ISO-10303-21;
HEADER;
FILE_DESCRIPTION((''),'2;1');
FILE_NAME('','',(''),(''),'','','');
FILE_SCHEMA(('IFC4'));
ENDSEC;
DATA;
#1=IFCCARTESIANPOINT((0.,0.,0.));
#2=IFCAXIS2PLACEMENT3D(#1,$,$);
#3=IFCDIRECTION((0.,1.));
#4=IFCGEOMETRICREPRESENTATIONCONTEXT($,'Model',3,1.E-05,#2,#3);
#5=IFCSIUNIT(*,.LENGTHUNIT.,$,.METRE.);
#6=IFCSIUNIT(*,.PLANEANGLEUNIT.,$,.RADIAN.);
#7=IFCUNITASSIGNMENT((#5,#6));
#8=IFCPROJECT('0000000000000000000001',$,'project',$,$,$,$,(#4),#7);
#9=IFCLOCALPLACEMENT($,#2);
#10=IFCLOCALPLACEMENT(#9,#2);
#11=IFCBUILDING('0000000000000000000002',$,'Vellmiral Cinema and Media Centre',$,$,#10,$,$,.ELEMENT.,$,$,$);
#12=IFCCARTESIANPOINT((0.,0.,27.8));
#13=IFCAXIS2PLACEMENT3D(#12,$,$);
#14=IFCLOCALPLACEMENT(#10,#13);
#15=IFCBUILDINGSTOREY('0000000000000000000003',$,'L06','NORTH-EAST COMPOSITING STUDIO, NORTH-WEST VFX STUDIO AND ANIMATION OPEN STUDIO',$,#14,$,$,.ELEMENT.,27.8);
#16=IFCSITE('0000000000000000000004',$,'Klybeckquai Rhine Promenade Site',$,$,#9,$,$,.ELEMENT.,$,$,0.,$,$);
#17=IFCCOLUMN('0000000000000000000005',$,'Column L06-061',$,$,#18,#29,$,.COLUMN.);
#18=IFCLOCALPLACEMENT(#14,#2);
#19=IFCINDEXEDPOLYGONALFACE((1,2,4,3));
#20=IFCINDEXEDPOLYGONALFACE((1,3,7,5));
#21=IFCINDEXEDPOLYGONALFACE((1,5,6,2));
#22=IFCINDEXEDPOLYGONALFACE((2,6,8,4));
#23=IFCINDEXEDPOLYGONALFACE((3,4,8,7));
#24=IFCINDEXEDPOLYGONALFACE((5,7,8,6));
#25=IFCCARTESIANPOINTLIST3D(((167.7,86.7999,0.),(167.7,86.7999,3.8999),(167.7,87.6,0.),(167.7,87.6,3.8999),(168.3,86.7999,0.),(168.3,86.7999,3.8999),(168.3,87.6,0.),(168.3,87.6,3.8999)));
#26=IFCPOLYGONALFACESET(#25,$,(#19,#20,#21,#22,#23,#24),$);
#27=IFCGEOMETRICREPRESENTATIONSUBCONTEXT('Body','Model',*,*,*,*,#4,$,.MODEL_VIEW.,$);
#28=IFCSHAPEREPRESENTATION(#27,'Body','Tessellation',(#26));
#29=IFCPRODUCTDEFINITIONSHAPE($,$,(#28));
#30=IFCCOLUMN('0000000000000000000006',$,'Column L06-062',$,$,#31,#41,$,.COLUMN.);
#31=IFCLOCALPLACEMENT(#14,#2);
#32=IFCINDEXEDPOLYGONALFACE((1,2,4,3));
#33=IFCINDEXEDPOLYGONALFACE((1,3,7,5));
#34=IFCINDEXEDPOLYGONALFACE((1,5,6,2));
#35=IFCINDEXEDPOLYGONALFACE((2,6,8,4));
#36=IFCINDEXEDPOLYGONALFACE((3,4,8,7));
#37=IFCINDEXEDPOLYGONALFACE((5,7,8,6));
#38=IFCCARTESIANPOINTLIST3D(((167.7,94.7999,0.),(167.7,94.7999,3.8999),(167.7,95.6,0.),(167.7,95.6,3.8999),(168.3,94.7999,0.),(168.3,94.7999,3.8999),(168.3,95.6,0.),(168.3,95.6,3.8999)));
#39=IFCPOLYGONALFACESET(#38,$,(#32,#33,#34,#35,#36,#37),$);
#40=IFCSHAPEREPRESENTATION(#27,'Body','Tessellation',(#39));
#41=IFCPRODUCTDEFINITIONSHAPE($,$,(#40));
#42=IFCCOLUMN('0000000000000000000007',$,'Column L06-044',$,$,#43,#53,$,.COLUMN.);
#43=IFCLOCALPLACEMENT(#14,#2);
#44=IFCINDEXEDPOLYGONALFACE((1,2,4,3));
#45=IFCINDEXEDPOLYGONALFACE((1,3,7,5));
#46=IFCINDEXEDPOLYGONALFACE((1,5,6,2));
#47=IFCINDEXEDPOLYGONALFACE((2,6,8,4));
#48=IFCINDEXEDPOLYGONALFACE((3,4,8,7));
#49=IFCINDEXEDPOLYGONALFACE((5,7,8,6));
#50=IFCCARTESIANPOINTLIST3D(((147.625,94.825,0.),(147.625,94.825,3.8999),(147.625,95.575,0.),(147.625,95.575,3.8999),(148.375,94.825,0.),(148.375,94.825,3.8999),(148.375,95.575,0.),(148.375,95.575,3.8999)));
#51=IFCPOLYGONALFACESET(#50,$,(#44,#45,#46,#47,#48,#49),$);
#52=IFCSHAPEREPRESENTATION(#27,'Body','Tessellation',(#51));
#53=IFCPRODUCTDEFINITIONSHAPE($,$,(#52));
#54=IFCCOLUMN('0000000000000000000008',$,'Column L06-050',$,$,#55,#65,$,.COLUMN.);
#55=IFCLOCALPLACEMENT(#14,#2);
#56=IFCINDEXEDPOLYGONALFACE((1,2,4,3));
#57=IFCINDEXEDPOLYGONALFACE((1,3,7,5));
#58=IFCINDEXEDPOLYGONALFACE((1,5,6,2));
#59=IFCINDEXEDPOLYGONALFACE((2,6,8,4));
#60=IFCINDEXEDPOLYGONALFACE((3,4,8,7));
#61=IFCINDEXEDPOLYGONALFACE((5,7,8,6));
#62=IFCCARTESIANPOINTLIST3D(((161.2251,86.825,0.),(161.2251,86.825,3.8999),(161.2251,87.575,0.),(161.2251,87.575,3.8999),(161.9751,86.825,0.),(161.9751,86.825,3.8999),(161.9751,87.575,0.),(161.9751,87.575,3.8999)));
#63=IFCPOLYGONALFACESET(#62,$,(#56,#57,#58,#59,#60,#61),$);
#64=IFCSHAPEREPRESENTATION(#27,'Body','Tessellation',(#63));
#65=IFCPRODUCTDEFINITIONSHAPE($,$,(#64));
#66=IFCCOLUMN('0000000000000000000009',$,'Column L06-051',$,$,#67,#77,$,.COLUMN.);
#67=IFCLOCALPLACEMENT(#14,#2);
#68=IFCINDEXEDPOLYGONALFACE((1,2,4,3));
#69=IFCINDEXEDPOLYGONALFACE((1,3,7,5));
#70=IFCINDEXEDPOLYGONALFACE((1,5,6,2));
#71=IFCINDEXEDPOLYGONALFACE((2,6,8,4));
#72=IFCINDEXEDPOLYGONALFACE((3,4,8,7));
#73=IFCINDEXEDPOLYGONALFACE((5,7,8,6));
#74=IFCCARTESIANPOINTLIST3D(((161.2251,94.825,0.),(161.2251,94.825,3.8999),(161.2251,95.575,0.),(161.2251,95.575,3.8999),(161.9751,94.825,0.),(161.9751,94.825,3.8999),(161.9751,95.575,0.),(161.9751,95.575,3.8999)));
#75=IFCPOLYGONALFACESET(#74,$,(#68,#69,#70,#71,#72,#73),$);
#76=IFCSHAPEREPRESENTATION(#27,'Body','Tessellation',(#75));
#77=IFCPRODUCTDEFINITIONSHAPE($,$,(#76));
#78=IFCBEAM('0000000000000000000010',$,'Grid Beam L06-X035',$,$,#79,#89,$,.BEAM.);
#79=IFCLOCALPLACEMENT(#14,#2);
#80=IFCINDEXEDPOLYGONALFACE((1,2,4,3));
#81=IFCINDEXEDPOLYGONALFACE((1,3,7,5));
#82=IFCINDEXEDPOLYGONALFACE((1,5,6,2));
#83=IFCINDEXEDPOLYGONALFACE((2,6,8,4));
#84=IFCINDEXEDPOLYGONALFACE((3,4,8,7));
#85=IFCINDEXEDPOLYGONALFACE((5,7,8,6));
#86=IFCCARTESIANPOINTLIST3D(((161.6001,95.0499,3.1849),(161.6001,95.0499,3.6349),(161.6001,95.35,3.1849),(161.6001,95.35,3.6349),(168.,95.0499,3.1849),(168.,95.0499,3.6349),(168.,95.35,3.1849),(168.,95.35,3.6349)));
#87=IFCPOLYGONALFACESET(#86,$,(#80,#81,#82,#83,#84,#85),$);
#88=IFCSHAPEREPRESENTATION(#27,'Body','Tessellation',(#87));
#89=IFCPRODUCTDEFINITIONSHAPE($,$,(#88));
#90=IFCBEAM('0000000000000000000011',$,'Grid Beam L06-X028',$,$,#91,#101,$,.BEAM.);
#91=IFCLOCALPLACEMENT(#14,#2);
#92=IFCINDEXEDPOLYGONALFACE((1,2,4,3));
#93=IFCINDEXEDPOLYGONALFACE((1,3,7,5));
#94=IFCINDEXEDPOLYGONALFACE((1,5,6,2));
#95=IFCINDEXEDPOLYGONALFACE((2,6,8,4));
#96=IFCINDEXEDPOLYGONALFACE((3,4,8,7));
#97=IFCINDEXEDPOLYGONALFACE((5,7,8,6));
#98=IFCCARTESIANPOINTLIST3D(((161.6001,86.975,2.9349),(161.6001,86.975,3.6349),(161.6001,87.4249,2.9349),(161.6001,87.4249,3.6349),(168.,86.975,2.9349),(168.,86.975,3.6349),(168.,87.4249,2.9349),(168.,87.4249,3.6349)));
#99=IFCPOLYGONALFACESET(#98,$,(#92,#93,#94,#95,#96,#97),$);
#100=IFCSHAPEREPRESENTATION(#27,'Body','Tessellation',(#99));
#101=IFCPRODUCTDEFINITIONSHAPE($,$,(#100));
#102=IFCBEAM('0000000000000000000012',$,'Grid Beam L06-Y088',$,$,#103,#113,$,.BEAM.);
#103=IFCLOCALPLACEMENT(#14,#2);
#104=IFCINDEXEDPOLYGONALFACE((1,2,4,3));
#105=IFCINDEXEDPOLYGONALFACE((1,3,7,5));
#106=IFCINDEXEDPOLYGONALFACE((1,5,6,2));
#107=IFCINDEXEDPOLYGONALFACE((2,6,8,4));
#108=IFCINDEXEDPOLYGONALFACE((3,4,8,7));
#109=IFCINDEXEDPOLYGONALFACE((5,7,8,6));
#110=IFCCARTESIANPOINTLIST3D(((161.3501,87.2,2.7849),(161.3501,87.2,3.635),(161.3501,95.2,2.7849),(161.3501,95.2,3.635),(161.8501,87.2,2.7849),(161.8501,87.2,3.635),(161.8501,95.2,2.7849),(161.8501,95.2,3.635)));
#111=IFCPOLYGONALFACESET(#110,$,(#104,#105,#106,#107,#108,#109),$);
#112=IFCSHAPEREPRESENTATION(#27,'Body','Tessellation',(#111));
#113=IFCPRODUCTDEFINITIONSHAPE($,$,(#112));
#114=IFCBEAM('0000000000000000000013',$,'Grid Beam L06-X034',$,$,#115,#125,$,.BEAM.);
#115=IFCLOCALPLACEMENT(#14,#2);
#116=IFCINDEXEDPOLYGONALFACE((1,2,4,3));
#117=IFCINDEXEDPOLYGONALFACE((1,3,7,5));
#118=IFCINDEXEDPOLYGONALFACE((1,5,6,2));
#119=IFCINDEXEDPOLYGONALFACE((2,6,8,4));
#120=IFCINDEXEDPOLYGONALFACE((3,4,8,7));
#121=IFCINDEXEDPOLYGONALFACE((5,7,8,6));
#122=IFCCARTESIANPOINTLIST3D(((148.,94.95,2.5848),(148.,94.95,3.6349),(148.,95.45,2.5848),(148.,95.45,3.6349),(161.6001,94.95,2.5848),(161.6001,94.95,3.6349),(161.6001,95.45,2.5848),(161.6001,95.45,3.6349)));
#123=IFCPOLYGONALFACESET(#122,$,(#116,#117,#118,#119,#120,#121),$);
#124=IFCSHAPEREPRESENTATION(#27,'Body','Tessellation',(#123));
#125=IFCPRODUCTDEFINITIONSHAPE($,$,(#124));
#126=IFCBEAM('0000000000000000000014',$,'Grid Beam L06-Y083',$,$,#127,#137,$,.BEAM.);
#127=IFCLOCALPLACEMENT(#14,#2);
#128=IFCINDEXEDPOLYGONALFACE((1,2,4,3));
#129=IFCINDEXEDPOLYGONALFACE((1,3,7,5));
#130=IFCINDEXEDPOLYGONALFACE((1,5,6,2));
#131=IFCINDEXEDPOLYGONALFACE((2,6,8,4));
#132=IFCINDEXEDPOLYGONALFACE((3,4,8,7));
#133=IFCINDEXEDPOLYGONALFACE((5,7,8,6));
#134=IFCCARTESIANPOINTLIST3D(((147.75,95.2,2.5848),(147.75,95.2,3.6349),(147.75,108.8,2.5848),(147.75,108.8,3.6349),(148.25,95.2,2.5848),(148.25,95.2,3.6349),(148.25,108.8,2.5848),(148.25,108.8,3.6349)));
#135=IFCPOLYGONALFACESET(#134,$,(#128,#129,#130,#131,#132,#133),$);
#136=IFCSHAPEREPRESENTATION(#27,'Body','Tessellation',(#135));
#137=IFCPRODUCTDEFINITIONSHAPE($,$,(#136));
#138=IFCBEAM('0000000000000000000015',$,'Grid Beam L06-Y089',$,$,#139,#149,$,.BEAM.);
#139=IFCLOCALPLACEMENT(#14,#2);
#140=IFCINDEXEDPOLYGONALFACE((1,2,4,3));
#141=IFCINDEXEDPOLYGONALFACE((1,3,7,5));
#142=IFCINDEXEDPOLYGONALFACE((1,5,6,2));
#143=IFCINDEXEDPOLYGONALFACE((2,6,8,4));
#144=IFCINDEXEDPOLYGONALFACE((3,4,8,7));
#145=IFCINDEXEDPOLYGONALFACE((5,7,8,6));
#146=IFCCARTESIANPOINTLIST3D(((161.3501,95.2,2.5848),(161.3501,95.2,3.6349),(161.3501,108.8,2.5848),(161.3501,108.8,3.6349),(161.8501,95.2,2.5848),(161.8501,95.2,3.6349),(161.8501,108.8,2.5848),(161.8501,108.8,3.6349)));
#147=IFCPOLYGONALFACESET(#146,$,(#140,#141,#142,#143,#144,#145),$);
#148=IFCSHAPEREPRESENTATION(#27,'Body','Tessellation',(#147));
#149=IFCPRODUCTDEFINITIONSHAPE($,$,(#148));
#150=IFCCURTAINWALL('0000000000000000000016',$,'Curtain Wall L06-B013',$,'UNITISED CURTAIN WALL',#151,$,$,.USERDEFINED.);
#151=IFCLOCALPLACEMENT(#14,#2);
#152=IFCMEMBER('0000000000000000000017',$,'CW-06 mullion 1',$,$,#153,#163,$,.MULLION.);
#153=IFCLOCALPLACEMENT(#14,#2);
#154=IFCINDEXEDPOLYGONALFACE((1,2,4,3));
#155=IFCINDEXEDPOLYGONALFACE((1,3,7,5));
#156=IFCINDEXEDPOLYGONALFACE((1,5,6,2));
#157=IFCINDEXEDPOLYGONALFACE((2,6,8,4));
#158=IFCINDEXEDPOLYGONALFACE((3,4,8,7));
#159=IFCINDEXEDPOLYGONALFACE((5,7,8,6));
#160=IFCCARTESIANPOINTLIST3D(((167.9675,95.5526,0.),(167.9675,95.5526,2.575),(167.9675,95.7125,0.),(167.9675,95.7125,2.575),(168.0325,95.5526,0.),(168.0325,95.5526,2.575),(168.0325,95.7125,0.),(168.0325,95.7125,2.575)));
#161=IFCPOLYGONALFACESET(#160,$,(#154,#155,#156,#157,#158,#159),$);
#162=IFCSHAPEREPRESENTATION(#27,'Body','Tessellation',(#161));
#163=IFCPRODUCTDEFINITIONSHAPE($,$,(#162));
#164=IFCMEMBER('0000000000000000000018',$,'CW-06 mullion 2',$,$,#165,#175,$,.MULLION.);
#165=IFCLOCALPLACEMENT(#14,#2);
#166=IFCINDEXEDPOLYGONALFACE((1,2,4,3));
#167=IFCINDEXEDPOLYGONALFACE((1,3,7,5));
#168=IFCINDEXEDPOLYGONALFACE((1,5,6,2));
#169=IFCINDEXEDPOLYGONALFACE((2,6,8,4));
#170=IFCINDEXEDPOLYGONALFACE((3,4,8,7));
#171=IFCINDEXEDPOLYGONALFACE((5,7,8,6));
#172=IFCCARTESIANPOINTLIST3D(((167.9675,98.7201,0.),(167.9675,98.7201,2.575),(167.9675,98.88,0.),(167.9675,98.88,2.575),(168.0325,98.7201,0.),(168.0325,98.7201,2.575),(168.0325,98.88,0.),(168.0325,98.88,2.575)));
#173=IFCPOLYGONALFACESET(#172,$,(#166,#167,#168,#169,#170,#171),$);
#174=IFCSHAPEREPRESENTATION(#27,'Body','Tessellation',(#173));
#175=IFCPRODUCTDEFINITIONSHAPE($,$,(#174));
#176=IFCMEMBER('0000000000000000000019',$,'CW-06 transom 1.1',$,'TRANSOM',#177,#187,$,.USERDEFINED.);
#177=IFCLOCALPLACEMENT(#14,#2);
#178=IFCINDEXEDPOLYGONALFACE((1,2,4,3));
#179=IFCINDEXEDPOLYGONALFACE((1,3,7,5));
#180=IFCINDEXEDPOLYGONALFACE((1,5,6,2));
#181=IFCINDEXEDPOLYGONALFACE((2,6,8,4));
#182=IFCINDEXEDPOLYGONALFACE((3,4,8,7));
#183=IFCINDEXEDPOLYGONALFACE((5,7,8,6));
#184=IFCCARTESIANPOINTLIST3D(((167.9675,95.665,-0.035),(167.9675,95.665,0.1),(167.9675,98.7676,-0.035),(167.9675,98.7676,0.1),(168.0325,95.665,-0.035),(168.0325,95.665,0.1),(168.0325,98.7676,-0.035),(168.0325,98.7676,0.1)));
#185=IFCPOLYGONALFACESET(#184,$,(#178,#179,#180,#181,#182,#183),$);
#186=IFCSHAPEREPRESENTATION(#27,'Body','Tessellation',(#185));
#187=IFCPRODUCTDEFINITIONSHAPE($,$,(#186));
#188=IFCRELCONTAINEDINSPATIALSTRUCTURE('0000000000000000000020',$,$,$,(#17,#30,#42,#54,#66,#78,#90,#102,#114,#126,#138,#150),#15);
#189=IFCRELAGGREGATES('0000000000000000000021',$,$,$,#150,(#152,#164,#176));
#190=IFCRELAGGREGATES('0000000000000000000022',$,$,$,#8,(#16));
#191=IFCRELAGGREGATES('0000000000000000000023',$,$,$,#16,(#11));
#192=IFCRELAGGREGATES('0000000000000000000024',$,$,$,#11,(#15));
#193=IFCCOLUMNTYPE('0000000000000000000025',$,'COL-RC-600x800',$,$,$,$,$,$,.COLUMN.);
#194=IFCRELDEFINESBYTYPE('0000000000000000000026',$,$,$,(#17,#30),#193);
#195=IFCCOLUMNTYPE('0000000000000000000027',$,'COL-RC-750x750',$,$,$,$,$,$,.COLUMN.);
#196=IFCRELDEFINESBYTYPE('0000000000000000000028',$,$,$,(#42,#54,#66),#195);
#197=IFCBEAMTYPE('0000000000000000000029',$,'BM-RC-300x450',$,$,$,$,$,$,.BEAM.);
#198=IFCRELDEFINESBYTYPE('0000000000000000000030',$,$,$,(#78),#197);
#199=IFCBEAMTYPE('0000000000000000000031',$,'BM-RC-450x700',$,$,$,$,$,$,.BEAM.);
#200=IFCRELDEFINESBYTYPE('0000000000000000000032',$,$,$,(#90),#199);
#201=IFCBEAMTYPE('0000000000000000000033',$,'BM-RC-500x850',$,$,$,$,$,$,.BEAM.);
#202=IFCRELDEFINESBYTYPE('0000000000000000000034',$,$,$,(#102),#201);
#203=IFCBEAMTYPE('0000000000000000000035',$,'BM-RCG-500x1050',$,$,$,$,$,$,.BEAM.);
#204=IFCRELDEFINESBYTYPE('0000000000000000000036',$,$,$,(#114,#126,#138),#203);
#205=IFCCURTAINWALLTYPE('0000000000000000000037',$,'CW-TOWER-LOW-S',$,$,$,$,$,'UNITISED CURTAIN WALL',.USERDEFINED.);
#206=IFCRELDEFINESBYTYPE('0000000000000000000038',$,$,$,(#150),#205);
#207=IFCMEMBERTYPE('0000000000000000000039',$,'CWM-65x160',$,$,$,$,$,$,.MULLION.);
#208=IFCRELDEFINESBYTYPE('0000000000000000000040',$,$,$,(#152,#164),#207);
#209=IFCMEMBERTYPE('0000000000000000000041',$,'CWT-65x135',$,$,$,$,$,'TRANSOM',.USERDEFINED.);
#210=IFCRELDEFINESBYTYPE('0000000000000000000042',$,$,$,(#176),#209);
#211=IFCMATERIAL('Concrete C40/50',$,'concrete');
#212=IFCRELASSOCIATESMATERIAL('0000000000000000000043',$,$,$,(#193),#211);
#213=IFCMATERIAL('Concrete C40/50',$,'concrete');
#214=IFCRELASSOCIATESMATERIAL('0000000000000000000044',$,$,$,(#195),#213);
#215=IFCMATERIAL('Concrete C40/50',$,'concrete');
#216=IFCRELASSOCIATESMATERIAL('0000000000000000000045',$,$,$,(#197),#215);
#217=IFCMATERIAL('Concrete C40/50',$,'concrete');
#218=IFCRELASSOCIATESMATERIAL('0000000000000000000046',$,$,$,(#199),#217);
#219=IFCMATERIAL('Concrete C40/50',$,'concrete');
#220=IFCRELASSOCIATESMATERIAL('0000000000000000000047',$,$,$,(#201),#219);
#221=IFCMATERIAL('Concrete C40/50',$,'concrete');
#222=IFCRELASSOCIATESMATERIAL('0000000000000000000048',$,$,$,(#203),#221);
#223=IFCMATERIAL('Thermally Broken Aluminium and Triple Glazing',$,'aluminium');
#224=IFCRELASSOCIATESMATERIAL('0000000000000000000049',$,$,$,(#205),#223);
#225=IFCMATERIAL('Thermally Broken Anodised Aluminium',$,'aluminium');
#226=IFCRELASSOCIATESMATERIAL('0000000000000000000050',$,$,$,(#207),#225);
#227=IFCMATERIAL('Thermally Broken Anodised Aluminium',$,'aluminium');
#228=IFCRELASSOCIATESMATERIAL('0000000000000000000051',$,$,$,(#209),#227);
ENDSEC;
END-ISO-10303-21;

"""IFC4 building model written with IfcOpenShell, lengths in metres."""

from ifc_helpers import new_model, si_unit, direction, frame, origin, origin_2d, place, context, subcontext, project, spatial, rectangle, extrude, material, material_profile, profile_set, type_object, element, aggregate, save


model = new_model("IFC4")

# Units and contexts
model_context = context("Model", 3, precision=1e-05, world=origin(), true_north=direction((0.0, 1.0)))
body_context = subcontext(model_context, "Body", "Model", "MODEL_VIEW")
ifc_project = project(units=[si_unit("LENGTHUNIT", "METRE"), si_unit("PLANEANGLEUNIT", "RADIAN")], contexts=[model_context])

# Site, building, storey
site_placement = place(None, origin())
site = spatial("IfcSite", under=ifc_project, at=site_placement, Name="Klybeckquai Rhine Promenade Site", CompositionType="ELEMENT", RefElevation=0.0)
building_placement = place(site_placement, origin())
building = spatial("IfcBuilding", under=site, at=building_placement, Name="Vellmiral Cinema and Media Centre", CompositionType="ELEMENT")
storey_placement = place(building_placement, frame((0.0, 0.0, 27.8)))
storey = spatial("IfcBuildingStorey", under=building, at=storey_placement, Name="L06", Description="NORTH-EAST COMPOSITING STUDIO, NORTH-WEST VFX STUDIO AND ANIMATION OPEN STUDIO", CompositionType="ELEMENT", Elevation=27.8)

# Columns
ifc_material_1 = material(Name="Concrete C40/50", Category="concrete")
ifc_material_profile_1 = material_profile(ifc_material_1, rectangle(XDim=0.6001, YDim=0.8, at=origin_2d()), Name="RC 600x800")
ifc_profile_set_1 = profile_set([ifc_material_profile_1], Name="Concrete C40/50")
column_type_1 = type_object("IfcColumnType", Name="COL-RC-600x800", PredefinedType="COLUMN", material=ifc_profile_set_1)
for number, where, z_axis, x_axis, name in (
    (1, (168.0, 87.2, 0.0), (0.0, 0.0, 1.0), (1.0, 0.0, 0.0), "Column L06-061"),
    (2, (168.0, 95.2, 0.0), (0.0, 0.0, 1.0), (1.0, 0.0, 0.0), "Column L06-062"),
):
    element("IfcColumn", number, at=place(storey_placement, frame(where, z_axis=z_axis, x_axis=x_axis)), inside=storey, type_object=column_type_1, Name=name, PredefinedType="COLUMN", context=body_context, shape_type="SweptSolid", body=[
        extrude(rectangle(XDim=0.6001, YDim=0.8, at=origin_2d()), origin(), (0.0, 0.0, 1.0), 3.8999),
    ])
ifc_material_2 = material(Name="Concrete C40/50", Category="concrete")
ifc_material_profile_2 = material_profile(ifc_material_2, rectangle(XDim=0.75, YDim=0.75, at=origin_2d()), Name="RC 750x750")
ifc_profile_set_2 = profile_set([ifc_material_profile_2], Name="Concrete C40/50")
column_type_2 = type_object("IfcColumnType", Name="COL-RC-750x750", PredefinedType="COLUMN", material=ifc_profile_set_2)
for number, where, z_axis, x_axis, name in (
    (3, (148.0, 95.2, 0.0), (0.0, 0.0, 1.0), (1.0, 0.0, 0.0), "Column L06-044"),
    (4, (161.6001, 87.2, 0.0), (0.0, 0.0, 1.0), (1.0, 0.0, 0.0), "Column L06-050"),
    (5, (161.6001, 95.2, 0.0), (0.0, 0.0, 1.0), (1.0, 0.0, 0.0), "Column L06-051"),
):
    element("IfcColumn", number, at=place(storey_placement, frame(where, z_axis=z_axis, x_axis=x_axis)), inside=storey, type_object=column_type_2, Name=name, PredefinedType="COLUMN", context=body_context, shape_type="SweptSolid", body=[
        extrude(rectangle(XDim=0.75, YDim=0.75, at=origin_2d()), origin(), (0.0, 0.0, 1.0), 3.8999),
    ])

# Beams
ifc_material_3 = material(Name="Concrete C40/50", Category="concrete")
ifc_material_profile_3 = material_profile(ifc_material_3, rectangle(XDim=0.3, YDim=0.45, at=origin_2d()), Name="RC 300x450")
ifc_profile_set_3 = profile_set([ifc_material_profile_3], Name="Concrete C40/50")
beam_type_1 = type_object("IfcBeamType", Name="BM-RC-300x450", PredefinedType="BEAM", material=ifc_profile_set_3)
beam_1_placement = place(storey_placement, frame((161.6001, 95.2, 3.4099), z_axis=(1.0, 0.0, 0.0), x_axis=(0.0, 1.0, 0.0)))
element("IfcBeam", 6, at=beam_1_placement, inside=storey, type_object=beam_type_1, Name="Grid Beam L06-X035", PredefinedType="BEAM", context=body_context, shape_type="SweptSolid", body=[
    extrude(rectangle(XDim=0.3, YDim=0.45, at=origin_2d()), origin(), (0.0, 0.0, 1.0), 6.3999),
])
ifc_material_4 = material(Name="Concrete C40/50", Category="concrete")
ifc_material_profile_4 = material_profile(ifc_material_4, rectangle(XDim=0.45, YDim=0.7, at=origin_2d()), Name="RC 450x700")
ifc_profile_set_4 = profile_set([ifc_material_profile_4], Name="Concrete C40/50")
beam_type_2 = type_object("IfcBeamType", Name="BM-RC-450x700", PredefinedType="BEAM", material=ifc_profile_set_4)
beam_2_placement = place(storey_placement, frame((161.6001, 87.2, 3.2849), z_axis=(1.0, 0.0, 0.0), x_axis=(0.0, 1.0, 0.0)))
element("IfcBeam", 7, at=beam_2_placement, inside=storey, type_object=beam_type_2, Name="Grid Beam L06-X028", PredefinedType="BEAM", context=body_context, shape_type="SweptSolid", body=[
    extrude(rectangle(XDim=0.45, YDim=0.7, at=origin_2d()), origin(), (0.0, 0.0, 1.0), 6.3999),
])
ifc_material_5 = material(Name="Concrete C40/50", Category="concrete")
ifc_material_profile_5 = material_profile(ifc_material_5, rectangle(XDim=0.5, YDim=0.8501, at=origin_2d()), Name="RC 500x850")
ifc_profile_set_5 = profile_set([ifc_material_profile_5], Name="Concrete C40/50")
beam_type_3 = type_object("IfcBeamType", Name="BM-RC-500x850", PredefinedType="BEAM", material=ifc_profile_set_5)
beam_3_placement = place(storey_placement, frame((161.6001, 87.2, 3.21), z_axis=(0.0, 1.0, 0.0), x_axis=(-1.0, 0.0, 0.0)))
element("IfcBeam", 8, at=beam_3_placement, inside=storey, type_object=beam_type_3, Name="Grid Beam L06-Y088", PredefinedType="BEAM", context=body_context, shape_type="SweptSolid", body=[
    extrude(rectangle(XDim=0.5, YDim=0.8501, at=origin_2d()), origin(), (0.0, 0.0, 1.0), 8.0),
])
ifc_material_6 = material(Name="Concrete C40/50", Category="concrete")
ifc_material_profile_6 = material_profile(ifc_material_6, rectangle(XDim=0.5, YDim=1.05, at=origin_2d()), Name="RC 500x1050")
ifc_profile_set_6 = profile_set([ifc_material_profile_6], Name="Concrete C40/50")
beam_type_4 = type_object("IfcBeamType", Name="BM-RCG-500x1050", PredefinedType="BEAM", material=ifc_profile_set_6)
for number, where, z_axis, x_axis, name in (
    (9, (148.0, 95.2, 3.1099), (1.0, 0.0, 0.0), (0.0, 1.0, 0.0), "Grid Beam L06-X034"),
    (10, (148.0, 95.2, 3.1099), (0.0, 1.0, 0.0), (-1.0, 0.0, 0.0), "Grid Beam L06-Y083"),
    (11, (161.6001, 95.2, 3.1099), (0.0, 1.0, 0.0), (-1.0, 0.0, 0.0), "Grid Beam L06-Y089"),
):
    element("IfcBeam", number, at=place(storey_placement, frame(where, z_axis=z_axis, x_axis=x_axis)), inside=storey, type_object=beam_type_4, Name=name, PredefinedType="BEAM", context=body_context, shape_type="SweptSolid", body=[
        extrude(rectangle(XDim=0.5, YDim=1.05, at=origin_2d()), origin(), (0.0, 0.0, 1.0), 13.6001),
    ])

# Curtain wall, members
ifc_material_7 = material(Name="Thermally Broken Aluminium and Triple Glazing", Category="aluminium")
curtain_wall_type = type_object("IfcCurtainWallType", Name="CW-TOWER-LOW-S", ElementType="UNITISED CURTAIN WALL", PredefinedType="USERDEFINED", material=ifc_material_7)
curtain_wall_placement = place(storey_placement, origin())
curtain_wall = element("IfcCurtainWall", 12, at=curtain_wall_placement, inside=storey, type_object=curtain_wall_type, Name="Curtain Wall L06-B013", ObjectType="UNITISED CURTAIN WALL", PredefinedType="USERDEFINED")
ifc_material_8 = material(Name="Thermally Broken Anodised Aluminium", Category="aluminium")
ifc_material_profile_7 = material_profile(ifc_material_8, rectangle(XDim=0.0649, YDim=0.1599, at=origin_2d()), Name="MULL 65x160")
ifc_profile_set_7 = profile_set([ifc_material_profile_7], Name="Thermally Broken Anodised Aluminium")
member_type_1 = type_object("IfcMemberType", Name="CWM-65x160", PredefinedType="MULLION", material=ifc_profile_set_7)
member_1_placement = place(storey_placement, frame((168.0, 95.6326, 0.0), z_axis=(0.0, 0.0, 1.0), x_axis=(-1.0, 0.0, 0.0)))
member_1 = element("IfcMember", 13, at=member_1_placement, type_object=member_type_1, Name="CW-06 mullion 1", PredefinedType="MULLION", context=body_context, shape_type="SweptSolid", body=[
    extrude(rectangle(XDim=0.0649, YDim=0.1599, at=origin_2d()), origin(), (0.0, 0.0, 1.0), 2.575),
])
member_2_placement = place(storey_placement, frame((168.0, 98.8, 0.0), z_axis=(0.0, 0.0, 1.0), x_axis=(-1.0, 0.0, 0.0)))
member_2 = element("IfcMember", 14, at=member_2_placement, type_object=member_type_1, Name="CW-06 mullion 2", PredefinedType="MULLION", context=body_context, shape_type="SweptSolid", body=[
    extrude(rectangle(XDim=0.0649, YDim=0.1599, at=origin_2d()), origin(), (0.0, 0.0, 1.0), 2.575),
])
ifc_material_9 = material(Name="Thermally Broken Anodised Aluminium", Category="aluminium")
ifc_material_profile_8 = material_profile(ifc_material_9, rectangle(XDim=0.0649, YDim=0.135, at=origin_2d()), Name="MULL 65x135")
ifc_profile_set_8 = profile_set([ifc_material_profile_8], Name="Thermally Broken Anodised Aluminium")
member_type_2 = type_object("IfcMemberType", Name="CWT-65x135", ElementType="TRANSOM", PredefinedType="USERDEFINED", material=ifc_profile_set_8)
member_3_placement = place(storey_placement, frame((168.0, 95.665, 0.0325), z_axis=(0.0, 1.0, 0.0), x_axis=(-1.0, 0.0, 0.0)))
member_3 = element("IfcMember", 15, at=member_3_placement, type_object=member_type_2, Name="CW-06 transom 1.1", ObjectType="TRANSOM", PredefinedType="USERDEFINED", context=body_context, shape_type="SweptSolid", body=[
    extrude(rectangle(XDim=0.0649, YDim=0.135, at=origin_2d()), origin(), (0.0, 0.0, 1.0), 3.1025),
])

aggregate(curtain_wall, [member_1, member_2, member_3])

save(model, "model.ifc")
